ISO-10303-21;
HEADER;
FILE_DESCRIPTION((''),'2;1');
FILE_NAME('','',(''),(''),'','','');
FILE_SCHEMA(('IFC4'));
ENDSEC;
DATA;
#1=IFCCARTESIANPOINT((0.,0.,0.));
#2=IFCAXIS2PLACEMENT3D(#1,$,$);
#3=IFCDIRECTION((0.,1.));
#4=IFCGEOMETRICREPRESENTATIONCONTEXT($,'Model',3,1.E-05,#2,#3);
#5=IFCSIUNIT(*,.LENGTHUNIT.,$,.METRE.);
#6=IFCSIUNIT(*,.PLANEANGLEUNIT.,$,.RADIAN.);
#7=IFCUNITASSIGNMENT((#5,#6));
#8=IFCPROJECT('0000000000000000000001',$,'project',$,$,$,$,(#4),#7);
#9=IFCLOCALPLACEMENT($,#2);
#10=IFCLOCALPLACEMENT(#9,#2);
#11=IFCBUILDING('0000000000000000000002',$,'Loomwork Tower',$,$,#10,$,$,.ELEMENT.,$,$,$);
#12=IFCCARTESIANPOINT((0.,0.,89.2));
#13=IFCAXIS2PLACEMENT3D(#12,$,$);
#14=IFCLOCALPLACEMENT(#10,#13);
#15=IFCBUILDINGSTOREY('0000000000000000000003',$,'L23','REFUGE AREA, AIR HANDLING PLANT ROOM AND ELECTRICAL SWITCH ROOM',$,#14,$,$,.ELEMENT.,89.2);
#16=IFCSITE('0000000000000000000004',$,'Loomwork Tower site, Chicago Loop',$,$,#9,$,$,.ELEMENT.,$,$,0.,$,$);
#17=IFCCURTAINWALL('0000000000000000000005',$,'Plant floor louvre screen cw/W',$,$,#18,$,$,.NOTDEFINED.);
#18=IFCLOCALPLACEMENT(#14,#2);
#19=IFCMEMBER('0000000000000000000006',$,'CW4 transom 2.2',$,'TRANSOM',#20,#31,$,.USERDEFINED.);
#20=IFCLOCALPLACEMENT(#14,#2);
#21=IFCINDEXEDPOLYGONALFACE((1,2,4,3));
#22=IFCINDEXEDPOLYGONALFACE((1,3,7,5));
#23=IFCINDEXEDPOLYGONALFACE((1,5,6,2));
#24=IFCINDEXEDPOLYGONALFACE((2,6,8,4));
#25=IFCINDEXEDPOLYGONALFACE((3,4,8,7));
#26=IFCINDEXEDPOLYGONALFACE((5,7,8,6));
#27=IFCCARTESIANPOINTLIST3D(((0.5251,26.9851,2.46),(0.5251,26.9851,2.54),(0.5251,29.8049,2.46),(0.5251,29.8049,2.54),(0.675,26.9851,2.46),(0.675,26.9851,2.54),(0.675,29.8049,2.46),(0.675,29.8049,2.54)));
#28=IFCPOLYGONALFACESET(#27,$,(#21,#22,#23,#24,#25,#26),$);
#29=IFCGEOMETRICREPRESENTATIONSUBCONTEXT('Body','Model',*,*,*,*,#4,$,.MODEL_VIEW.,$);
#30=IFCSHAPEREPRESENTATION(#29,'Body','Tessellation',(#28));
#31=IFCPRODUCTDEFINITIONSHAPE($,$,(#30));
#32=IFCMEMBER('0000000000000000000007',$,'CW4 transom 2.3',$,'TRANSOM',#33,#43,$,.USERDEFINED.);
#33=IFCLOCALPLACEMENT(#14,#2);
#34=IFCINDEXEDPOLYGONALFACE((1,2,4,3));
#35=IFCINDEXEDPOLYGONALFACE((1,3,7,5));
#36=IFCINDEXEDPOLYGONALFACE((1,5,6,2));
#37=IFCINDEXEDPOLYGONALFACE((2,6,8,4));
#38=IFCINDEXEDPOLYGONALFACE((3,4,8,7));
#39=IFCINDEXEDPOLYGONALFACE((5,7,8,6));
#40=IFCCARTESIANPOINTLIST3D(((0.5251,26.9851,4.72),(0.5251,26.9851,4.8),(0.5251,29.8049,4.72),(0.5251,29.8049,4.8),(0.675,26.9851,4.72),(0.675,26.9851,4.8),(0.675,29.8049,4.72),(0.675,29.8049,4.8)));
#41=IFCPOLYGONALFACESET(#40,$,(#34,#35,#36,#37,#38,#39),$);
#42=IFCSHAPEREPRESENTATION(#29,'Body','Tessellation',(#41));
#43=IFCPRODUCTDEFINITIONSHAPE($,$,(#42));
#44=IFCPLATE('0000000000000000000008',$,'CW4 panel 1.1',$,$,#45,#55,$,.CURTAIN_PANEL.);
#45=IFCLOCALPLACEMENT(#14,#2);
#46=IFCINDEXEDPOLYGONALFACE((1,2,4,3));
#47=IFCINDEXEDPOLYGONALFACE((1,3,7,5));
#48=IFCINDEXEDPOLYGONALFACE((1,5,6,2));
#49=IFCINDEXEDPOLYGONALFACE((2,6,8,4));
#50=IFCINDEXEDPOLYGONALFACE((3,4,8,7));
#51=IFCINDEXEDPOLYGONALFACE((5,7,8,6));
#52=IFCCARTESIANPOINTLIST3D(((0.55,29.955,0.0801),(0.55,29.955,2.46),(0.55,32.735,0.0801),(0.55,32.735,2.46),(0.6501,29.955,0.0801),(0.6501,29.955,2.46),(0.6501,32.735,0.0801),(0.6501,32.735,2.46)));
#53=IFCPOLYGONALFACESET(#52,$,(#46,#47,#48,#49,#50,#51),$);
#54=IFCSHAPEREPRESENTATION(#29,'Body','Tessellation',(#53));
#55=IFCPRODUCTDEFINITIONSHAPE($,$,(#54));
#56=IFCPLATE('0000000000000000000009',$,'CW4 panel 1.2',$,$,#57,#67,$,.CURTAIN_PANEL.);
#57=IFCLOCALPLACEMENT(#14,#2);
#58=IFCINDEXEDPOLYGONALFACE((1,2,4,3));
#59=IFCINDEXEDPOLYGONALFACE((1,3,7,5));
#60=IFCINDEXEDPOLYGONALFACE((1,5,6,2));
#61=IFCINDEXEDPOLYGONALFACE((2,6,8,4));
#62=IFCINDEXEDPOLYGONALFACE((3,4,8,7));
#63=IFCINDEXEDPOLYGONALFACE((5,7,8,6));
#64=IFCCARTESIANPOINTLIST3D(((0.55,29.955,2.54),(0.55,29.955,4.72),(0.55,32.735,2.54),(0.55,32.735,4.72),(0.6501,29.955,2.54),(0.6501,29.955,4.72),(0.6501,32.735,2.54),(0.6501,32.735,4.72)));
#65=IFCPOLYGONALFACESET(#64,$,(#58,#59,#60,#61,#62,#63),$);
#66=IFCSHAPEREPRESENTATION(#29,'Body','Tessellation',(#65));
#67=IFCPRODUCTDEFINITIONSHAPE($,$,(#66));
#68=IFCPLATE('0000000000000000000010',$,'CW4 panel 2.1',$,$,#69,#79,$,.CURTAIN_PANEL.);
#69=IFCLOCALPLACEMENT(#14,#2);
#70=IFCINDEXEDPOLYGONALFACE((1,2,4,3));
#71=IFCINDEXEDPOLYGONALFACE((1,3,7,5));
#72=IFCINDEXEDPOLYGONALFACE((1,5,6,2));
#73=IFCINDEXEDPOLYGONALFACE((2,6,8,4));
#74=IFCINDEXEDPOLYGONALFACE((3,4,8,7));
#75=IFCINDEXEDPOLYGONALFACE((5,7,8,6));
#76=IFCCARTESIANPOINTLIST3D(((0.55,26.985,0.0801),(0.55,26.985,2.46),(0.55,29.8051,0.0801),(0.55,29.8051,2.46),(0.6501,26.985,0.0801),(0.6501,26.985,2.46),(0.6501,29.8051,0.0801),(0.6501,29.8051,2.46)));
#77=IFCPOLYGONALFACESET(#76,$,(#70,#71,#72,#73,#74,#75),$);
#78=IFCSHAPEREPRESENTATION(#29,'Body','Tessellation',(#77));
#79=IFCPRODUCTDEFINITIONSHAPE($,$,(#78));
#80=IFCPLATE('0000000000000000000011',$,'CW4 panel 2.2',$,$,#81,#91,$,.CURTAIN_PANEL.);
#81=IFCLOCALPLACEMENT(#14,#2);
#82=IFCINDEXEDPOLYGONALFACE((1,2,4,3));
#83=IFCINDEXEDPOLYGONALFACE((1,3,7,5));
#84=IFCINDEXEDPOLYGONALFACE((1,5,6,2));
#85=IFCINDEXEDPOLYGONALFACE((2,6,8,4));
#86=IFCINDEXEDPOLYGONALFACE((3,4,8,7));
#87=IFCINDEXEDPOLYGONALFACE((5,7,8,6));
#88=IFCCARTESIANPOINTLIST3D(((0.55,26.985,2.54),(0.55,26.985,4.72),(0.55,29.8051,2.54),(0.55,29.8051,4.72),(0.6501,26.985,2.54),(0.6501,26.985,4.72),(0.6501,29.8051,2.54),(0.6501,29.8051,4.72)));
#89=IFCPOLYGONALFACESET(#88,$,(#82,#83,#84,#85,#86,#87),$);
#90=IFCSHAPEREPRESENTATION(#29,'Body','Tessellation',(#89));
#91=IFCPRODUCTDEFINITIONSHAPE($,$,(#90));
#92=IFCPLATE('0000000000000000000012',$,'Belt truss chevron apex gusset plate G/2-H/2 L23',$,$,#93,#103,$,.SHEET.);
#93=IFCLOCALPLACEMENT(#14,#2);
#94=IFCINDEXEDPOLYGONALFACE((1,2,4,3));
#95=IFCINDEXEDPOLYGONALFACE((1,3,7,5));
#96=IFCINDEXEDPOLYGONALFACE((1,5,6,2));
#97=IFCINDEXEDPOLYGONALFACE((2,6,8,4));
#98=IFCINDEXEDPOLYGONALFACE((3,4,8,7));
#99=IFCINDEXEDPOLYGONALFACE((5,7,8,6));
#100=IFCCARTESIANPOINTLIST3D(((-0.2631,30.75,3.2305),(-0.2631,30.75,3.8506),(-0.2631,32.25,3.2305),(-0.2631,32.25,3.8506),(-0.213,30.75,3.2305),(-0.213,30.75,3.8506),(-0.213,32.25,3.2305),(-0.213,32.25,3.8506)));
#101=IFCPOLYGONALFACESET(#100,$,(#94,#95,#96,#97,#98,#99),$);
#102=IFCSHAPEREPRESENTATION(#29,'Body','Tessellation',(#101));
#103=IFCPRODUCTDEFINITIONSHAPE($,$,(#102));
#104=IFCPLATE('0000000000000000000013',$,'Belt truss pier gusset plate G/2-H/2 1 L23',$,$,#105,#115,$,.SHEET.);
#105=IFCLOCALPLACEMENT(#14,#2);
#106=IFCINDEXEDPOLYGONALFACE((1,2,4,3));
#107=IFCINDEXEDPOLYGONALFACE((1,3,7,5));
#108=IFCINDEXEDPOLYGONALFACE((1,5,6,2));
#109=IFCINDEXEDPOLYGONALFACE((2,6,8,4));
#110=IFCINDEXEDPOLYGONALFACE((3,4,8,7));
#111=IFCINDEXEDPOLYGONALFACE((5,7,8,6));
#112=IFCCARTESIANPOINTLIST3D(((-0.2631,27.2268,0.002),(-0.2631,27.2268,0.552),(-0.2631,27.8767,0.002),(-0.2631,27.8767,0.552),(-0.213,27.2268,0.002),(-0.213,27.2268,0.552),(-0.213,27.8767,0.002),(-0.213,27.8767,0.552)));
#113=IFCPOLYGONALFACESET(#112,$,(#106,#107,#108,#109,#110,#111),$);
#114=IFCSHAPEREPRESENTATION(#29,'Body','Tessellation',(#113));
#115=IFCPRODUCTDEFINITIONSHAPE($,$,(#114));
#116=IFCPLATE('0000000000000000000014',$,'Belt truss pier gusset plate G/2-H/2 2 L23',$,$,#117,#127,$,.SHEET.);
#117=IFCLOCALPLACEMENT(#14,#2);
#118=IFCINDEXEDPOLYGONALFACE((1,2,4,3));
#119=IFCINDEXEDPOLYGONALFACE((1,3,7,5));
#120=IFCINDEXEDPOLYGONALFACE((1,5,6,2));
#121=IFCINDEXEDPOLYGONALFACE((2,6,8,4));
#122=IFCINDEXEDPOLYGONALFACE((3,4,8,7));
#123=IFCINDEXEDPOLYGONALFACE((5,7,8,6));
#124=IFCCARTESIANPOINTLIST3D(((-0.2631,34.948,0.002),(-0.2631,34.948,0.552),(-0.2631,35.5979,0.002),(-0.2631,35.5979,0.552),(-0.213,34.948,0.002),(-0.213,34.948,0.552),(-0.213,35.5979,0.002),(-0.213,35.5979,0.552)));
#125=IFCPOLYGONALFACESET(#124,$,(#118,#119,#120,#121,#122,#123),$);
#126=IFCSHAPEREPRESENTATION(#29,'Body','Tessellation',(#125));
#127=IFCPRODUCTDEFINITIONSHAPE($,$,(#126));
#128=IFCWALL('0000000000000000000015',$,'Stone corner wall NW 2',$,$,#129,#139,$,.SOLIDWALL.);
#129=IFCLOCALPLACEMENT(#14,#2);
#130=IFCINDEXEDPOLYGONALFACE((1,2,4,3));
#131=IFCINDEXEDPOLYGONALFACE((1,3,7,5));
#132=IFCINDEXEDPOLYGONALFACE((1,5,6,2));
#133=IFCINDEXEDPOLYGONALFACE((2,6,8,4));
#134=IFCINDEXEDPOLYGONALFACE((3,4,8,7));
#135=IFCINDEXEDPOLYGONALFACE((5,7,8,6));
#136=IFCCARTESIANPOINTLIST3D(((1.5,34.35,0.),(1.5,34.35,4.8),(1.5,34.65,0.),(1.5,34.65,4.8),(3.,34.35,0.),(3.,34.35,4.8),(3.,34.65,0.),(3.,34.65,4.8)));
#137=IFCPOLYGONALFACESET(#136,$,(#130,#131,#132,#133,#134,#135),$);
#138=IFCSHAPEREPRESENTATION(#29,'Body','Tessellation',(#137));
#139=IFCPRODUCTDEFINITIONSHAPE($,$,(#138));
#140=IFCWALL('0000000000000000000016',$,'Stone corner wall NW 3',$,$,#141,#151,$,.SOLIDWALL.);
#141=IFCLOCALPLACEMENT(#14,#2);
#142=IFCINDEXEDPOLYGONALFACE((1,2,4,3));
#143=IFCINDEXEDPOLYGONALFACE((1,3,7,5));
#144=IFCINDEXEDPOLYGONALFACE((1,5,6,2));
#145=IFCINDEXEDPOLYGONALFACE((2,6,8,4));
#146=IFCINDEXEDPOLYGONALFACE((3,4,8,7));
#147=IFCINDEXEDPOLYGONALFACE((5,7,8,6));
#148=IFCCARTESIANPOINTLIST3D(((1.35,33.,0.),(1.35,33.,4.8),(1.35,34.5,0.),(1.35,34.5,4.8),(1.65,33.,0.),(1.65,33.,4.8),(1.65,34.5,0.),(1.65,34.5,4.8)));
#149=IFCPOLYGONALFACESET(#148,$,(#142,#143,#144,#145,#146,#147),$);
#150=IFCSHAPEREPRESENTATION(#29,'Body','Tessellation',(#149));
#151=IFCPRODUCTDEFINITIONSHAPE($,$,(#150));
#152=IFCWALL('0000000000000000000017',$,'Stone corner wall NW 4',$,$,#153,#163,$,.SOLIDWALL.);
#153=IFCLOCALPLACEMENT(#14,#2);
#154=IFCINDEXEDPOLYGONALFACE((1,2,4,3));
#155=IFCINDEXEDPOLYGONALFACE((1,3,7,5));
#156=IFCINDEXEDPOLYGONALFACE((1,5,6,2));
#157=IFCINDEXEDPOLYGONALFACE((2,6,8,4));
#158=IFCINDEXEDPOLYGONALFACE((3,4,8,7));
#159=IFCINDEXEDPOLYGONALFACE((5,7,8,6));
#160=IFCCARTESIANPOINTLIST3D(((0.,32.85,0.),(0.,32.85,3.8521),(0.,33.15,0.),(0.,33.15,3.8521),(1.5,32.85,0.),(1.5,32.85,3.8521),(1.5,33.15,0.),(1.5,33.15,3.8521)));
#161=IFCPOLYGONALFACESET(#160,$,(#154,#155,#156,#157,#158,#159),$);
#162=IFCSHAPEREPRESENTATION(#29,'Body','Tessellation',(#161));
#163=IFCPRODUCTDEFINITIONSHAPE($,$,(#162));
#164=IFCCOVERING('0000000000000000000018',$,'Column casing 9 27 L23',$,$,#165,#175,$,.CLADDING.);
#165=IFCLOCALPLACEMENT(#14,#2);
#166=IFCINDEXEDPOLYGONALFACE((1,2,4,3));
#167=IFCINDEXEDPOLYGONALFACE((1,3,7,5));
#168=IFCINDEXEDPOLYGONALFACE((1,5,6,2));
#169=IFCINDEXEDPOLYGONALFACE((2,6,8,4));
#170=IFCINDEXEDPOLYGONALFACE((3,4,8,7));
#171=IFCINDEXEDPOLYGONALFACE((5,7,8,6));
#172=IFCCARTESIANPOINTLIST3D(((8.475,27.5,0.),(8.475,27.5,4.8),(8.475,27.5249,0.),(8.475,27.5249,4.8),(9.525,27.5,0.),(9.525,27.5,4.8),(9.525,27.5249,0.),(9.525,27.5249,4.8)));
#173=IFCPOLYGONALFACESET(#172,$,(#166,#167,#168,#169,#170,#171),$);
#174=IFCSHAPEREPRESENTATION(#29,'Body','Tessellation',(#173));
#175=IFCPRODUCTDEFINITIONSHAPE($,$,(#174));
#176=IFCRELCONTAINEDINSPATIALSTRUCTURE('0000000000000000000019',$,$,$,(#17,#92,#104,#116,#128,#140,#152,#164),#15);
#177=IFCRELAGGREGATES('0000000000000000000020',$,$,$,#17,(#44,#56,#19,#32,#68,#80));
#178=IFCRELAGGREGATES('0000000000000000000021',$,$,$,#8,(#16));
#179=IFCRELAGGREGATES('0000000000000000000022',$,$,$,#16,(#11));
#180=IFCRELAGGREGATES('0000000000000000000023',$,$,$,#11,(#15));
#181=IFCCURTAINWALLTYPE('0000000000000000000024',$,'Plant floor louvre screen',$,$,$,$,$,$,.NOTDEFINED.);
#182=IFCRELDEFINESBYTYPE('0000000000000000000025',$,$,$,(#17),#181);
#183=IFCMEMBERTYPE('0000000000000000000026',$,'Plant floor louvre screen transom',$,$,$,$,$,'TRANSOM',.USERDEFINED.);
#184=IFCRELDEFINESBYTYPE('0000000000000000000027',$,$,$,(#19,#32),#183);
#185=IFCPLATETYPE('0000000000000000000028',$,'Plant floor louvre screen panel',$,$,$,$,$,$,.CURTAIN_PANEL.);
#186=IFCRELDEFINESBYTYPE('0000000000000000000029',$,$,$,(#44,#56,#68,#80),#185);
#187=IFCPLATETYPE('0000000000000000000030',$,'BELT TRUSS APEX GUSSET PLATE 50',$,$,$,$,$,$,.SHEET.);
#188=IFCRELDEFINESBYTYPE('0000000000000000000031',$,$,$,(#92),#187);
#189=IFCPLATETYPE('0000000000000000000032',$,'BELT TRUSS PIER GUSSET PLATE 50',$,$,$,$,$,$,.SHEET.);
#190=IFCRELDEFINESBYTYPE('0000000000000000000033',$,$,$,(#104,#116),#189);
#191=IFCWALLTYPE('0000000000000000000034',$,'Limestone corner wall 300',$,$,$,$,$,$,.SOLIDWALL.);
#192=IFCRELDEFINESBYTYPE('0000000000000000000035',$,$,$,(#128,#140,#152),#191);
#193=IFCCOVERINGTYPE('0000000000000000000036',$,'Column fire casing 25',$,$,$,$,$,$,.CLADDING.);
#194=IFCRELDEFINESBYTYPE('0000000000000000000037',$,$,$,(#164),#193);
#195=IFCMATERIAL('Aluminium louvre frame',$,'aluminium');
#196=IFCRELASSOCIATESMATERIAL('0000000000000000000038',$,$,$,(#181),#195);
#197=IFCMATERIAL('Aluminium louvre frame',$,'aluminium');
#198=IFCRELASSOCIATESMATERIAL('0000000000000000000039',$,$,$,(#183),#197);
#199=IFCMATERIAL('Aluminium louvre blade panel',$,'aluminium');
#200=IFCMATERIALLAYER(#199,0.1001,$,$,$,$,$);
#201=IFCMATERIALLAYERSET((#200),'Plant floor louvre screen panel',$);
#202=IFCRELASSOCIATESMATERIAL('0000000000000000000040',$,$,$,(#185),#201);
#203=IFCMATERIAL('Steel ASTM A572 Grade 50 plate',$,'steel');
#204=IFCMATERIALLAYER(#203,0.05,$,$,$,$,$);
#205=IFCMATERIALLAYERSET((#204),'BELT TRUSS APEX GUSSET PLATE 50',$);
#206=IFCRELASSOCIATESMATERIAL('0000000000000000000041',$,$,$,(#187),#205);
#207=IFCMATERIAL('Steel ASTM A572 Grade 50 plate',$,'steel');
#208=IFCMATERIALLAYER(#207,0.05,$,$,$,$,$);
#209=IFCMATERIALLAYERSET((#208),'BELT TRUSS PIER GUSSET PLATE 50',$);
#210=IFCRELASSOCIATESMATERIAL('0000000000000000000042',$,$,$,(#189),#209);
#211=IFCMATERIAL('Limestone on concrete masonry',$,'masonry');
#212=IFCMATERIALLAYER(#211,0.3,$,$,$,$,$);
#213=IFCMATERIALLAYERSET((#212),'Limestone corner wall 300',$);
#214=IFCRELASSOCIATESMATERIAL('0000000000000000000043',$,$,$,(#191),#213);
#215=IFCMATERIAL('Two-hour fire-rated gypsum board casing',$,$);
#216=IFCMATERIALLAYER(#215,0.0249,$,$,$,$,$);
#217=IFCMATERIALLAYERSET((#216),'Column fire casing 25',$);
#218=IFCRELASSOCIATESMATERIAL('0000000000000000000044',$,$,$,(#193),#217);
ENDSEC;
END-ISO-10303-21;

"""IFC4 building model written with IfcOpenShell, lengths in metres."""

from ifc_helpers import new_model, si_unit, direction, frame, frame_2d, origin, origin_2d, place, context, subcontext, project, spatial, rectangle, extrude, material, layer, layer_set, material_profile, profile_set, type_object, element, aggregate, save


model = new_model("IFC4")

# Units and contexts
model_context = context("Model", 3, precision=1e-05, world=origin(), true_north=direction((0.0, 1.0)))
body_context = subcontext(model_context, "Body", "Model", "MODEL_VIEW")
ifc_project = project(units=[si_unit("LENGTHUNIT", "METRE"), si_unit("PLANEANGLEUNIT", "RADIAN")], contexts=[model_context])

# Site, building, storey
site_placement = place(None, origin())
site = spatial("IfcSite", under=ifc_project, at=site_placement, Name="Loomwork Tower site, Chicago Loop", CompositionType="ELEMENT", RefElevation=0.0)
building_placement = place(site_placement, origin())
building = spatial("IfcBuilding", under=site, at=building_placement, Name="Loomwork Tower", CompositionType="ELEMENT")
storey_placement = place(building_placement, frame((0.0, 0.0, 89.2)))
storey = spatial("IfcBuildingStorey", under=building, at=storey_placement, Name="L23", Description="REFUGE AREA, AIR HANDLING PLANT ROOM AND ELECTRICAL SWITCH ROOM", CompositionType="ELEMENT", Elevation=89.2)

# Curtain wall, members, plates
ifc_material_1 = material(Name="Aluminium louvre frame", Category="aluminium")
curtain_wall_type = type_object("IfcCurtainWallType", Name="Plant floor louvre screen", PredefinedType="NOTDEFINED", material=ifc_material_1)
curtain_wall_placement = place(storey_placement, origin())
curtain_wall = element("IfcCurtainWall", 1, at=curtain_wall_placement, inside=storey, type_object=curtain_wall_type, Name="Plant floor louvre screen cw/W", PredefinedType="NOTDEFINED")
ifc_material_2 = material(Name="Aluminium louvre frame", Category="aluminium")
ifc_material_profile_1 = material_profile(ifc_material_2, rectangle(XDim=0.1499, YDim=0.0801, at=origin_2d()), Name="AL 80x150")
ifc_profile_set_1 = profile_set([ifc_material_profile_1], Name="Aluminium louvre frame")
member_type_1 = type_object("IfcMemberType", Name="Plant floor louvre screen transom", ElementType="TRANSOM", PredefinedType="USERDEFINED", material=ifc_profile_set_1)
member_1_placement = place(storey_placement, frame((0.6001, 29.8049, 2.5), z_axis=(0.0, -1.0, 0.0), x_axis=(1.0, 0.0, 0.0)))
member_1 = element("IfcMember", 2, at=member_1_placement, type_object=member_type_1, Name="CW4 transom 2.2", ObjectType="TRANSOM", PredefinedType="USERDEFINED", context=body_context, shape_type="SweptSolid", body=[
    extrude(rectangle(XDim=0.1499, YDim=0.0801, at=origin_2d()), origin(), (0.0, 0.0, 1.0), 2.8198),
])
member_2_placement = place(storey_placement, frame((0.6001, 29.8049, 4.76), z_axis=(0.0, -1.0, 0.0), x_axis=(1.0, 0.0, 0.0)))
member_2 = element("IfcMember", 3, at=member_2_placement, type_object=member_type_1, Name="CW4 transom 2.3", ObjectType="TRANSOM", PredefinedType="USERDEFINED", context=body_context, shape_type="SweptSolid", body=[
    extrude(rectangle(XDim=0.1499, YDim=0.0801, at=origin_2d()), origin(), (0.0, 0.0, 1.0), 2.8198),
])
ifc_material_3 = material(Name="Aluminium louvre blade panel", Category="aluminium")
ifc_layer_1 = layer(ifc_material_3, 0.1001)
ifc_layer_set_1 = layer_set([ifc_layer_1], Name="Plant floor louvre screen panel")
plate_type_1 = type_object("IfcPlateType", Name="Plant floor louvre screen panel", PredefinedType="CURTAIN_PANEL", material=ifc_layer_set_1)
plate_1_placement = place(storey_placement, frame((0.6001, 31.345, 0.0801), z_axis=(0.0, 0.0, 1.0), x_axis=(0.0, -1.0, 0.0)))
plate_1 = element("IfcPlate", 4, at=plate_1_placement, type_object=plate_type_1, Name="CW4 panel 1.1", PredefinedType="CURTAIN_PANEL", context=body_context, shape_type="SweptSolid", body=[
    extrude(rectangle(XDim=2.78, YDim=0.1001, at=origin_2d()), origin(), (0.0, 0.0, 1.0), 2.3799),
])
plate_2_placement = place(storey_placement, frame((0.6001, 31.345, 2.54), z_axis=(0.0, 0.0, 1.0), x_axis=(0.0, -1.0, 0.0)))
plate_2 = element("IfcPlate", 5, at=plate_2_placement, type_object=plate_type_1, Name="CW4 panel 1.2", PredefinedType="CURTAIN_PANEL", context=body_context, shape_type="SweptSolid", body=[
    extrude(rectangle(XDim=2.78, YDim=0.1001, at=origin_2d()), origin(), (0.0, 0.0, 1.0), 2.1799),
])
plate_3_placement = place(storey_placement, frame((0.6001, 28.395, 0.0801), z_axis=(0.0, 0.0, 1.0), x_axis=(0.0, -1.0, 0.0)))
plate_3 = element("IfcPlate", 6, at=plate_3_placement, type_object=plate_type_1, Name="CW4 panel 2.1", PredefinedType="CURTAIN_PANEL", context=body_context, shape_type="SweptSolid", body=[
    extrude(rectangle(XDim=2.8201, YDim=0.1001, at=origin_2d()), origin(), (0.0, 0.0, 1.0), 2.3799),
])
plate_4_placement = place(storey_placement, frame((0.6001, 28.395, 2.54), z_axis=(0.0, 0.0, 1.0), x_axis=(0.0, -1.0, 0.0)))
plate_4 = element("IfcPlate", 7, at=plate_4_placement, type_object=plate_type_1, Name="CW4 panel 2.2", PredefinedType="CURTAIN_PANEL", context=body_context, shape_type="SweptSolid", body=[
    extrude(rectangle(XDim=2.8201, YDim=0.1001, at=origin_2d()), origin(), (0.0, 0.0, 1.0), 2.1799),
])
aggregate(curtain_wall, [plate_1, plate_2, member_1, member_2, plate_3, plate_4])

# Plates
ifc_material_4 = material(Name="Steel ASTM A572 Grade 50 plate", Category="steel")
ifc_layer_2 = layer(ifc_material_4, 0.05)
ifc_layer_set_2 = layer_set([ifc_layer_2], Name="BELT TRUSS APEX GUSSET PLATE 50")
plate_type_2 = type_object("IfcPlateType", Name="BELT TRUSS APEX GUSSET PLATE 50", PredefinedType="SHEET", material=ifc_layer_set_2)
plate_5_placement = place(storey_placement, frame((-0.238, 31.5, 3.2305), z_axis=(0.0, 0.0, 1.0), x_axis=(0.0, 1.0, 0.0)))
element("IfcPlate", 8, at=plate_5_placement, inside=storey, type_object=plate_type_2, Name="Belt truss chevron apex gusset plate G/2-H/2 L23", PredefinedType="SHEET", context=body_context, shape_type="SweptSolid", body=[
    extrude(rectangle(XDim=1.5, YDim=0.05, at=origin_2d()), origin(), (0.0, 0.0, 1.0), 0.6201),
])
ifc_material_5 = material(Name="Steel ASTM A572 Grade 50 plate", Category="steel")
ifc_layer_3 = layer(ifc_material_5, 0.05)
ifc_layer_set_3 = layer_set([ifc_layer_3], Name="BELT TRUSS PIER GUSSET PLATE 50")
plate_type_3 = type_object("IfcPlateType", Name="BELT TRUSS PIER GUSSET PLATE 50", PredefinedType="SHEET", material=ifc_layer_set_3)
for number, where, z_axis, x_axis, name in (
    (9, (-0.238, 27.5518, 0.002), (0.0, 0.0, 1.0), (0.0, 1.0, 0.0), "Belt truss pier gusset plate G/2-H/2 1 L23"),
    (10, (-0.238, 35.2729, 0.002), (0.0, 0.0, 1.0), (0.0, 1.0, 0.0), "Belt truss pier gusset plate G/2-H/2 2 L23"),
):
    element("IfcPlate", number, at=place(storey_placement, frame(where, z_axis=z_axis, x_axis=x_axis)), inside=storey, type_object=plate_type_3, Name=name, PredefinedType="SHEET", context=body_context, shape_type="SweptSolid", body=[
        extrude(rectangle(XDim=0.6499, YDim=0.05, at=origin_2d()), origin(), (0.0, 0.0, 1.0), 0.55),
    ])

# Walls
ifc_material_6 = material(Name="Limestone on concrete masonry", Category="masonry")
ifc_layer_4 = layer(ifc_material_6, 0.3)
ifc_layer_set_4 = layer_set([ifc_layer_4], Name="Limestone corner wall 300")
wall_type = type_object("IfcWallType", Name="Limestone corner wall 300", PredefinedType="SOLIDWALL", material=ifc_layer_set_4)
for number, where, z_axis, x_axis, name in (
    (11, (3.0, 34.5, 0.0), (0.0, 0.0, 1.0), (-1.0, 0.0, 0.0), "Stone corner wall NW 2"),
    (12, (1.5, 34.5, 0.0), (0.0, 0.0, 1.0), (0.0, -1.0, 0.0), "Stone corner wall NW 3"),
):
    element("IfcWall", number, at=place(storey_placement, frame(where, z_axis=z_axis, x_axis=x_axis)), inside=storey, type_object=wall_type, Name=name, PredefinedType="SOLIDWALL", context=body_context, shape_type="SweptSolid", body=[
        extrude(rectangle(XDim=1.5, YDim=0.3, at=frame_2d((0.75, 0.0))), origin(), (0.0, 0.0, 1.0), 4.8),
    ])
wall_placement = place(storey_placement, frame((1.5, 33.0, 0.0), z_axis=(0.0, 0.0, 1.0), x_axis=(-1.0, 0.0, 0.0)))
element("IfcWall", 13, at=wall_placement, inside=storey, type_object=wall_type, Name="Stone corner wall NW 4", PredefinedType="SOLIDWALL", context=body_context, shape_type="SweptSolid", body=[
    extrude(rectangle(XDim=1.5, YDim=0.3, at=frame_2d((0.75, 0.0))), origin(), (0.0, 0.0, 1.0), 3.8521),
])

# Covering
ifc_material_7 = material(Name="Two-hour fire-rated gypsum board casing")
ifc_layer_5 = layer(ifc_material_7, 0.0249)
ifc_layer_set_5 = layer_set([ifc_layer_5], Name="Column fire casing 25")
covering_type = type_object("IfcCoveringType", Name="Column fire casing 25", PredefinedType="CLADDING", material=ifc_layer_set_5)
covering_placement = place(storey_placement, frame((9.0, 27.5125, 0.0), z_axis=(0.0, 0.0, 1.0), x_axis=(1.0, 0.0, 0.0)))
element("IfcCovering", 14, at=covering_placement, inside=storey, type_object=covering_type, Name="Column casing 9 27 L23", PredefinedType="CLADDING", context=body_context, shape_type="SweptSolid", body=[
    extrude(rectangle(XDim=1.05, YDim=0.0249, at=origin_2d()), origin(), (0.0, 0.0, 1.0), 4.8),
])

save(model, "model.ifc")
